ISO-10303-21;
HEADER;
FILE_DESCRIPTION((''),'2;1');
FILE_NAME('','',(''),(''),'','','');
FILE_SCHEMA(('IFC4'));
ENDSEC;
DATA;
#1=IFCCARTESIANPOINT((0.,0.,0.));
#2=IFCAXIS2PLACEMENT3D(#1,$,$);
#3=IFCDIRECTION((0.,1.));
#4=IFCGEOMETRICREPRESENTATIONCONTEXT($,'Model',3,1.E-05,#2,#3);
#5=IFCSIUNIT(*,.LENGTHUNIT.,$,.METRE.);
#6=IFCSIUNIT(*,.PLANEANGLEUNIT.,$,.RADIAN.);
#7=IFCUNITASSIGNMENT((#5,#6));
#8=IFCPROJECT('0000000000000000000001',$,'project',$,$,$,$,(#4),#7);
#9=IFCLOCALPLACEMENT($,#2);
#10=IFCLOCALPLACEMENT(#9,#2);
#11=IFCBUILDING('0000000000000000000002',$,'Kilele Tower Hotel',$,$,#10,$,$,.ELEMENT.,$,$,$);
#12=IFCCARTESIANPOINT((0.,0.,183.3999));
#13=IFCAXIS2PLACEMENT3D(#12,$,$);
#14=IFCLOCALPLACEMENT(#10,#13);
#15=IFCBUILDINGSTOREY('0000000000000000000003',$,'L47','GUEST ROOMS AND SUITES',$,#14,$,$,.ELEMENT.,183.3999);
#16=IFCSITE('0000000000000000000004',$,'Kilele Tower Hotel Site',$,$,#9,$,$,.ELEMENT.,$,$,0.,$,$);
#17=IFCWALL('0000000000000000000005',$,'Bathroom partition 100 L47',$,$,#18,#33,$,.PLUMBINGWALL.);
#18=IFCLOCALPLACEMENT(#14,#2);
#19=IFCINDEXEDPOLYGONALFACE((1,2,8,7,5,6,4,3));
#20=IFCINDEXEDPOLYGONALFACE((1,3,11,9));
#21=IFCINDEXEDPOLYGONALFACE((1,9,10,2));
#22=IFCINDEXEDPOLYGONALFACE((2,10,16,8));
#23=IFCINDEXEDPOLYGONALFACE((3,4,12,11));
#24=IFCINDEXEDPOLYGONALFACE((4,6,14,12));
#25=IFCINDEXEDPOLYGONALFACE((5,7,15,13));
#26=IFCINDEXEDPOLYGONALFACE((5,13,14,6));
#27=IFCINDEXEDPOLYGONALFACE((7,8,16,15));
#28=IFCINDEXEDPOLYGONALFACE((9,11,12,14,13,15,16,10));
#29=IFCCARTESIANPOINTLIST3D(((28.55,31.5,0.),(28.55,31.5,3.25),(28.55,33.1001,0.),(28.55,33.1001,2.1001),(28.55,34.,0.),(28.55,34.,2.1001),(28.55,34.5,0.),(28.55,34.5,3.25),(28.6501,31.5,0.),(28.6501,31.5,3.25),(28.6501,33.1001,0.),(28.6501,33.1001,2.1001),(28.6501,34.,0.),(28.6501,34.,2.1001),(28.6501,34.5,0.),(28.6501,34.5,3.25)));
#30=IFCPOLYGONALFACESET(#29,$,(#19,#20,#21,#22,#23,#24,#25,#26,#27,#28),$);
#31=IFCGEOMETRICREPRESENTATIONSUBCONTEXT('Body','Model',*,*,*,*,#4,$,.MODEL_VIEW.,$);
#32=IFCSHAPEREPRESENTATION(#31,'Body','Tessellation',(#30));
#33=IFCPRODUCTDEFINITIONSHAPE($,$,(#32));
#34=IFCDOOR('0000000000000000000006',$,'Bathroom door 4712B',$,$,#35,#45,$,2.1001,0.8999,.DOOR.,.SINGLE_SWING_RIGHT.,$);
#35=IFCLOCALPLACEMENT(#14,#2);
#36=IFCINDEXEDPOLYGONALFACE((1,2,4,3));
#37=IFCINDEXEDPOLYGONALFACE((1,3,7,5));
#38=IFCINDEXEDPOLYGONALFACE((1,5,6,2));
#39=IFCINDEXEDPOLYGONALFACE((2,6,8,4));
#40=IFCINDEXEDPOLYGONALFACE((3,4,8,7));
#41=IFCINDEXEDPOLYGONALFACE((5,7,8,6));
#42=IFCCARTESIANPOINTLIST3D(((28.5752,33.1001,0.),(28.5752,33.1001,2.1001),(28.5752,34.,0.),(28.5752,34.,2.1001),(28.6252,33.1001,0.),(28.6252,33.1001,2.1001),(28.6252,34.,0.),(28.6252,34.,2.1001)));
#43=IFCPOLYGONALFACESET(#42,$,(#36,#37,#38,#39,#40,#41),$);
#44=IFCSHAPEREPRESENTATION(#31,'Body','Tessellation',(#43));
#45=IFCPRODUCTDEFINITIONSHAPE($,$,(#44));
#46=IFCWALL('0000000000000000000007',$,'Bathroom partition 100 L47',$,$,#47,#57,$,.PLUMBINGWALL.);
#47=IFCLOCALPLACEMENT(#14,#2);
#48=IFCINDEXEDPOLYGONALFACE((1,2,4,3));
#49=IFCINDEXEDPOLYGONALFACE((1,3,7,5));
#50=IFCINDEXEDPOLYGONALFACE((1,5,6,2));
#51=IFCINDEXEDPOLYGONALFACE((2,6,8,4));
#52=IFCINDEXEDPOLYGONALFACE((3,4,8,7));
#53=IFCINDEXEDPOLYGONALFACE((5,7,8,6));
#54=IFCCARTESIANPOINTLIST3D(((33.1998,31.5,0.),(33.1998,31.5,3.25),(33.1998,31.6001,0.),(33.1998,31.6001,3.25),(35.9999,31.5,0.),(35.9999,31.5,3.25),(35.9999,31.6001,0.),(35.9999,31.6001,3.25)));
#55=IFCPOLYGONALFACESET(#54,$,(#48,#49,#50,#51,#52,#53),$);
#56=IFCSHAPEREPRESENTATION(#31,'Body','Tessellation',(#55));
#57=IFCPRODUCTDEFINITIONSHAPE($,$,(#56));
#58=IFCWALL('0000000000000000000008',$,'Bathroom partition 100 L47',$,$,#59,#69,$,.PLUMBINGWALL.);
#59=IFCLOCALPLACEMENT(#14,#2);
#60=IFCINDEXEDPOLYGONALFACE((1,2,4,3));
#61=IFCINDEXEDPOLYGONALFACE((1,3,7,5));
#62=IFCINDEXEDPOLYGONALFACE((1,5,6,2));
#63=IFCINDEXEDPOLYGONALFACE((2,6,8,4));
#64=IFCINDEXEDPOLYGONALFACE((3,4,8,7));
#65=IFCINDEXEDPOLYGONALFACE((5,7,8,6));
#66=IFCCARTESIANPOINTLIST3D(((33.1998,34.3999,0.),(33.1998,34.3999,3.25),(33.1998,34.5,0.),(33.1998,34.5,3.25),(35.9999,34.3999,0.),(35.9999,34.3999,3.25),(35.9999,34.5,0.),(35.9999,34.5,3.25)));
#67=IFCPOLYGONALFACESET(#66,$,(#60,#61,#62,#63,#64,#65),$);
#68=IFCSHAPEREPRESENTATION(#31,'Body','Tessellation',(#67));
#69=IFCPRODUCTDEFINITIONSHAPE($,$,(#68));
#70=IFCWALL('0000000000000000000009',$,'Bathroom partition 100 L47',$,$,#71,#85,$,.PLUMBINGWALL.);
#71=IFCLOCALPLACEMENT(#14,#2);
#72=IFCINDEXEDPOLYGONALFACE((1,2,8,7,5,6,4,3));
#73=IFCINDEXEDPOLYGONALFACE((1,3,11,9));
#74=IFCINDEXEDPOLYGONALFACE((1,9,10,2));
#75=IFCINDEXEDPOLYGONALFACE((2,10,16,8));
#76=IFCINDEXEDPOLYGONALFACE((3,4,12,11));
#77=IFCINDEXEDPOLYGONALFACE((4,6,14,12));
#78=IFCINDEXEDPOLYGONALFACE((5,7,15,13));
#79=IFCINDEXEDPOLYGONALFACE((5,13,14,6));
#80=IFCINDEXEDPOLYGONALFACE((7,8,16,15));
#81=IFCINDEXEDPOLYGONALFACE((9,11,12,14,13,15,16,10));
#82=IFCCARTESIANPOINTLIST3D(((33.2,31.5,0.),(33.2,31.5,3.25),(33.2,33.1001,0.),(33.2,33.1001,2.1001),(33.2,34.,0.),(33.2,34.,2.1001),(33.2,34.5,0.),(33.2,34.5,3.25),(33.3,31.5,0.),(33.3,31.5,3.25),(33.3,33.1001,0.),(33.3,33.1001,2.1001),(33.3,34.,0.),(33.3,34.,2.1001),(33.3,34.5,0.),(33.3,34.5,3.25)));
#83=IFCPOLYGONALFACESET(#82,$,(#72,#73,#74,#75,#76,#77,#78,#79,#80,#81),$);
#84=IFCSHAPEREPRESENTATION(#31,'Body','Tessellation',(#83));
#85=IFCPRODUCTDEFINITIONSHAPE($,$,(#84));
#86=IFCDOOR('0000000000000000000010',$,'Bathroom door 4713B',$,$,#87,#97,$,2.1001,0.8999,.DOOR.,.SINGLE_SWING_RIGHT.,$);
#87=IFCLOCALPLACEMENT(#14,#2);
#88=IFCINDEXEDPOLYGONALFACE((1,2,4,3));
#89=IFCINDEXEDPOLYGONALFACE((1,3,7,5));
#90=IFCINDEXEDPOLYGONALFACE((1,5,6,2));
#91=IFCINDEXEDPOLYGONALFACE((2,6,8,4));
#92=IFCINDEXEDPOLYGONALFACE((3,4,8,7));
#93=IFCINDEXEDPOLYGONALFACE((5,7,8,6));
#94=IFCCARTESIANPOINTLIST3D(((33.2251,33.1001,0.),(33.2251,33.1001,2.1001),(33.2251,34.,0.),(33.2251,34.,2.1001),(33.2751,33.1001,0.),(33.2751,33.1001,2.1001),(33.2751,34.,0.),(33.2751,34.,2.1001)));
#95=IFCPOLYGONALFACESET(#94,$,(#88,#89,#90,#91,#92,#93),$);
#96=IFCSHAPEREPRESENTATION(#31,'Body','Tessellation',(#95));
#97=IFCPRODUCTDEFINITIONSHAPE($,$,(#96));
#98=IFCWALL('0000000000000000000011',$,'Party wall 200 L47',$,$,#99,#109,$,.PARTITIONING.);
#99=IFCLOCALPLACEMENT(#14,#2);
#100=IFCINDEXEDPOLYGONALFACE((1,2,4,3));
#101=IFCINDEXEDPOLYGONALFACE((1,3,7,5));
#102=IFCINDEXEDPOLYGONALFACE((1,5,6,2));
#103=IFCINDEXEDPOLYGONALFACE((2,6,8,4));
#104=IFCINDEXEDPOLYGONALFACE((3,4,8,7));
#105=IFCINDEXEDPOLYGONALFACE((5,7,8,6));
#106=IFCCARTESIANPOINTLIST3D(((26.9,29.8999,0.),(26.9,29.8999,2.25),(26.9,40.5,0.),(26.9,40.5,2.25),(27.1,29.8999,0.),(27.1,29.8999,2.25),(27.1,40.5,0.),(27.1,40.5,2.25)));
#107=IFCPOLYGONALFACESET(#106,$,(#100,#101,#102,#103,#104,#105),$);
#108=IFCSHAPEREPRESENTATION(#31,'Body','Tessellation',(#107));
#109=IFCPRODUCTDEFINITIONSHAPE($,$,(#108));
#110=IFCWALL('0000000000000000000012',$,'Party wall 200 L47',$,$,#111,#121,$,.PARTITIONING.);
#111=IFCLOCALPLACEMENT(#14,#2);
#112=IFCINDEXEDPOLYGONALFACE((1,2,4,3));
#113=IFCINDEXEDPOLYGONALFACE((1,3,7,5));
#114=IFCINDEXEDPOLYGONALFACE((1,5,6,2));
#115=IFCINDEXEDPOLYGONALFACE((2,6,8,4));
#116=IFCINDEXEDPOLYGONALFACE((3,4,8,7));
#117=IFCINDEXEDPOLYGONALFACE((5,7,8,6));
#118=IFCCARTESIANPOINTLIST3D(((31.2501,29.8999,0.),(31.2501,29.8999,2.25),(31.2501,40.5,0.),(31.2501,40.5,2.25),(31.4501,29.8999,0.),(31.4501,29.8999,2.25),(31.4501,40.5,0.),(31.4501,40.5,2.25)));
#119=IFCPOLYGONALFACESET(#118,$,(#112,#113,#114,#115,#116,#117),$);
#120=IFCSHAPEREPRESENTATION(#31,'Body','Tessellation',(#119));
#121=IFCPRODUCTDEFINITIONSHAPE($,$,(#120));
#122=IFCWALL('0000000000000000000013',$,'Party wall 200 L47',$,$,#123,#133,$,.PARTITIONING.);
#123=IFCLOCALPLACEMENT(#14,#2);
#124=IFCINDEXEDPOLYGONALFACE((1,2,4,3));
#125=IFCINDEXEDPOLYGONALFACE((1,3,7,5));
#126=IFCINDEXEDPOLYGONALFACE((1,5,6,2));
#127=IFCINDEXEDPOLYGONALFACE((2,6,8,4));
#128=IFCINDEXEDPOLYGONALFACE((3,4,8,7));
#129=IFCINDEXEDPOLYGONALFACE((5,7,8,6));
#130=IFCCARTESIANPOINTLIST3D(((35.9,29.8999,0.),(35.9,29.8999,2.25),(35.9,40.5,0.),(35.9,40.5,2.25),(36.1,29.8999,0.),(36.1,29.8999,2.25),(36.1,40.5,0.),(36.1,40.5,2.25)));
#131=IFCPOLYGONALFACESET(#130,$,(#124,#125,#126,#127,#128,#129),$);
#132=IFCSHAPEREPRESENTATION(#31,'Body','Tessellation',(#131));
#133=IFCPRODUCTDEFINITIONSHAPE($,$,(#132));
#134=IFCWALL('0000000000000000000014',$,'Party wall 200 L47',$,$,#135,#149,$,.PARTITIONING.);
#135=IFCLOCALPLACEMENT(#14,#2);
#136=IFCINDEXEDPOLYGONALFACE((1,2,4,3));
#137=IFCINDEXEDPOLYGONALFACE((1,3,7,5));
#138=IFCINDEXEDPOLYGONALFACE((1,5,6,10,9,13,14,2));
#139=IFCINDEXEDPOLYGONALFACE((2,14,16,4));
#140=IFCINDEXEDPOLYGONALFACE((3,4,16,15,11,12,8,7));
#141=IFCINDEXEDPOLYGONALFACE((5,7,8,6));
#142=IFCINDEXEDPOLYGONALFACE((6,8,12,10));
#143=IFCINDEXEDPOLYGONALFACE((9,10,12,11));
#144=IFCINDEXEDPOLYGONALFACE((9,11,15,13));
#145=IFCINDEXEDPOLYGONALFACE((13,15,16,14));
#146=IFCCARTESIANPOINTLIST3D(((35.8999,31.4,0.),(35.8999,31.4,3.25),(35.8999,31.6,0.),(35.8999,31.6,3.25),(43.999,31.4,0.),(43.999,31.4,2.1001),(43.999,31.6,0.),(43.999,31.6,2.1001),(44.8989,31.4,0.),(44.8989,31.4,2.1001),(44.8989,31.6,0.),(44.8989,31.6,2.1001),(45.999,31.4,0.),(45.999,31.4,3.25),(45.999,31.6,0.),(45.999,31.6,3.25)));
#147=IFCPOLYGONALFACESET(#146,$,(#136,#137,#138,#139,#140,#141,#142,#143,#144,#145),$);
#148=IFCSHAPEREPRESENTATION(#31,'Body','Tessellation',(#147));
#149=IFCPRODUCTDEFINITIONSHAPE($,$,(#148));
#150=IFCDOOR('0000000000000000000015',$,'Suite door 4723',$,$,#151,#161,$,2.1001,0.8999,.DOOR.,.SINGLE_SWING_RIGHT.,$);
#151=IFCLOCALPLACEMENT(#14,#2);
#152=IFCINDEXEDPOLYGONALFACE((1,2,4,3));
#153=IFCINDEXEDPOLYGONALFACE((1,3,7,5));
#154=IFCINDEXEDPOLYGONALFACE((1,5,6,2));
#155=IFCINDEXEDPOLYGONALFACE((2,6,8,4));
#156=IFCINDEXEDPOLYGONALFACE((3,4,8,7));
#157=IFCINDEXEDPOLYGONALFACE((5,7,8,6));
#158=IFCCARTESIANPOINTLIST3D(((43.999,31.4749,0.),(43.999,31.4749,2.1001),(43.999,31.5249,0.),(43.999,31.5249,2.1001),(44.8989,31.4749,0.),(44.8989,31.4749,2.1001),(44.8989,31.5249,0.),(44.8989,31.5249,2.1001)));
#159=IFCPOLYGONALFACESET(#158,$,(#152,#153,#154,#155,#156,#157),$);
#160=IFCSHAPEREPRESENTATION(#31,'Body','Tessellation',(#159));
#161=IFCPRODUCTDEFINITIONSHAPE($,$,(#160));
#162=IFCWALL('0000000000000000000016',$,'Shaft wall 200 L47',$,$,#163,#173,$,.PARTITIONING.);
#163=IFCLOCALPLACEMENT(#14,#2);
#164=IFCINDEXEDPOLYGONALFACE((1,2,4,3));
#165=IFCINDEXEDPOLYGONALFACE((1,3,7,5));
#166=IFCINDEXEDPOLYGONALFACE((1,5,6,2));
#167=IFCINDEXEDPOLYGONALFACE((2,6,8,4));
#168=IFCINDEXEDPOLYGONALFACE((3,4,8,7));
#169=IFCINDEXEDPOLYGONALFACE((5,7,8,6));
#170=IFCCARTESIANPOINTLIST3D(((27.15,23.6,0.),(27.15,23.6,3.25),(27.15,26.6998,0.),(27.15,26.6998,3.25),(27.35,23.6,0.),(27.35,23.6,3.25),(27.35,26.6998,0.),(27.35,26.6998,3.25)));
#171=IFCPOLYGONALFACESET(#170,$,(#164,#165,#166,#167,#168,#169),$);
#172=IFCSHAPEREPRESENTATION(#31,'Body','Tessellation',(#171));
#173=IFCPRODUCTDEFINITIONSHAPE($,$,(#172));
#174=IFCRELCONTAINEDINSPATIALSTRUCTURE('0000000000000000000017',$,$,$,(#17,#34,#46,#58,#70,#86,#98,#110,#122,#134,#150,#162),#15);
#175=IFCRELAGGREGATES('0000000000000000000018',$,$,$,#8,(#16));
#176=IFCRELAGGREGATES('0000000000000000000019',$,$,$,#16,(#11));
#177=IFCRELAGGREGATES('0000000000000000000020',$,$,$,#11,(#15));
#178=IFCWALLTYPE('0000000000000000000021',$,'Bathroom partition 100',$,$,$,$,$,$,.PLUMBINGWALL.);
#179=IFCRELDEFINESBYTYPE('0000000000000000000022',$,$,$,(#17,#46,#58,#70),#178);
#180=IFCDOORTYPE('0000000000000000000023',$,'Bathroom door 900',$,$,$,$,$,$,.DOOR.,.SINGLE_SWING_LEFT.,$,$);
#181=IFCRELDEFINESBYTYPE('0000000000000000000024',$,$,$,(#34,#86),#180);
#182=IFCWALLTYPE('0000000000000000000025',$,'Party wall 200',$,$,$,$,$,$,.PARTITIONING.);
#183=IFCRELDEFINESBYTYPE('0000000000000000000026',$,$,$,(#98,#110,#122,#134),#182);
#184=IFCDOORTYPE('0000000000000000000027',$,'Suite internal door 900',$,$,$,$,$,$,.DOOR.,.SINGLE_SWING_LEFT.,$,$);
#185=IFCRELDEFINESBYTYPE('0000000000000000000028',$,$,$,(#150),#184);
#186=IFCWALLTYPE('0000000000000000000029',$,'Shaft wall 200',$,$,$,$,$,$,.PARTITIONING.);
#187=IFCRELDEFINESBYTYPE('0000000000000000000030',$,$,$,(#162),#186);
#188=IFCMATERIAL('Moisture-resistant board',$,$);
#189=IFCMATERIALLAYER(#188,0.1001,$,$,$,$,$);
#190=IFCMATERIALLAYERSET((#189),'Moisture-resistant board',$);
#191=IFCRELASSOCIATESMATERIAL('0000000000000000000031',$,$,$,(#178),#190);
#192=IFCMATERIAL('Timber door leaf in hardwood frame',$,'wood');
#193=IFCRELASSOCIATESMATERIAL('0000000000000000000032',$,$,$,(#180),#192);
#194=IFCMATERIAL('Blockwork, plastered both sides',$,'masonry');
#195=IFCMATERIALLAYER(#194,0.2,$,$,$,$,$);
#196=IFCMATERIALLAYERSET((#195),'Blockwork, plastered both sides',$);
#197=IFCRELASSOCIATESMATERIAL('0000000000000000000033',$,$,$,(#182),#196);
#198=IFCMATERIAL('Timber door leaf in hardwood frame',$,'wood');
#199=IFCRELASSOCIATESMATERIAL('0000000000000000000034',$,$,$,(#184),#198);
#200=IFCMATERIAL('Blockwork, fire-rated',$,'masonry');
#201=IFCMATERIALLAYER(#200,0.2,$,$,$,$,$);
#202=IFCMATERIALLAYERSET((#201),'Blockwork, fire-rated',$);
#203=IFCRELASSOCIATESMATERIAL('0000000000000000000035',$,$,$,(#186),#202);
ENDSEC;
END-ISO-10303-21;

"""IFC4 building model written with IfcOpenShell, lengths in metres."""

from ifc_helpers import new_model, si_unit, direction, frame, frame_2d, origin, place, context, subcontext, project, spatial, rectangle, extrude, material, layer, layer_set, type_object, element, fill, save


model = new_model("IFC4")

# Units and contexts
model_context = context("Model", 3, precision=1e-05, world=origin(), true_north=direction((0.0, 1.0)))
body_context = subcontext(model_context, "Body", "Model", "MODEL_VIEW")
ifc_project = project(units=[si_unit("LENGTHUNIT", "METRE"), si_unit("PLANEANGLEUNIT", "RADIAN")], contexts=[model_context])

# Site, building, storey
site_placement = place(None, origin())
site = spatial("IfcSite", under=ifc_project, at=site_placement, Name="Kilele Tower Hotel Site", CompositionType="ELEMENT", RefElevation=0.0)
building_placement = place(site_placement, origin())
building = spatial("IfcBuilding", under=site, at=building_placement, Name="Kilele Tower Hotel", CompositionType="ELEMENT")
storey_placement = place(building_placement, frame((0.0, 0.0, 183.3999)))
storey = spatial("IfcBuildingStorey", under=building, at=storey_placement, Name="L47", Description="GUEST ROOMS AND SUITES", CompositionType="ELEMENT", Elevation=183.3999)

# Shared definitions
ifc_material_1 = material(Name="Moisture-resistant board")
ifc_layer_1 = layer(ifc_material_1, 0.1001)
ifc_layer_set_1 = layer_set([ifc_layer_1], Name="Moisture-resistant board")
wall_type_1 = type_object("IfcWallType", Name="Bathroom partition 100", PredefinedType="PLUMBINGWALL", material=ifc_layer_set_1)

# Shared definitions
ifc_material_2 = material(Name="Timber door leaf in hardwood frame", Category="wood")
door_type_1 = type_object("IfcDoorType", Name="Bathroom door 900", OperationType="SINGLE_SWING_LEFT", PredefinedType="DOOR", material=ifc_material_2)

# Wall, opening, door
wall_1_placement = place(storey_placement, frame((28.6001, 31.5, 0.0), z_axis=(0.0, 0.0, 1.0), x_axis=(0.0, 1.0, 0.0)))
wall_1 = element("IfcWall", 1, at=wall_1_placement, inside=storey, type_object=wall_type_1, Name="Bathroom partition 100 L47", PredefinedType="PLUMBINGWALL", context=body_context, shape_type="SweptSolid", body=[
    extrude(rectangle(XDim=3.0, YDim=0.1001, at=frame_2d((1.5, 0.0))), origin(), (0.0, 0.0, 1.0), 3.25),
])
opening_1_placement = place(wall_1_placement, frame((1.6001, 0.0, 0.0)))
opening_1 = element("IfcOpeningElement", 2, at=opening_1_placement, cuts=wall_1, PredefinedType="OPENING", context=body_context, shape_type="SweptSolid", body=[
    extrude(rectangle(XDim=0.8999, YDim=2.1001, at=frame_2d((0.45, 1.05))), frame((0.0, 0.0601, 0.0), z_axis=(0.0, -1.0, 0.0), x_axis=(1.0, 0.0, 0.0)), (0.0, 0.0, 1.0), 0.1201),
])
door_1_placement = place(opening_1_placement, origin())
door_1 = element("IfcDoor", 3, at=door_1_placement, inside=storey, type_object=door_type_1, Name="Bathroom door 4712B", OperationType="SINGLE_SWING_RIGHT", OverallHeight=2.1001, OverallWidth=0.8999, PredefinedType="DOOR", context=body_context, shape_type="SweptSolid", body=[
    extrude(rectangle(XDim=0.8999, YDim=2.1001, at=frame_2d((0.45, 1.05))), frame((0.0, 0.0249, 0.0), z_axis=(0.0, -1.0, 0.0), x_axis=(1.0, 0.0, 0.0)), (0.0, 0.0, 1.0), 0.05),
])
fill(opening_1, door_1)

# Walls
for number, where, z_axis, x_axis, name in (
    (4, (33.2, 31.55, 0.0), (0.0, 0.0, 1.0), (1.0, 0.0, 0.0), "Bathroom partition 100 L47"),
    (5, (33.2, 34.45, 0.0), (0.0, 0.0, 1.0), (1.0, 0.0, 0.0), "Bathroom partition 100 L47"),
):
    element("IfcWall", number, at=place(storey_placement, frame(where, z_axis=z_axis, x_axis=x_axis)), inside=storey, type_object=wall_type_1, Name=name, PredefinedType="PLUMBINGWALL", context=body_context, shape_type="SweptSolid", body=[
        extrude(rectangle(XDim=2.8, YDim=0.1001, at=frame_2d((1.3999, 0.0))), origin(), (0.0, 0.0, 1.0), 3.25),
    ])

# Wall, opening, door
wall_2_placement = place(storey_placement, frame((33.25, 31.5, 0.0), z_axis=(0.0, 0.0, 1.0), x_axis=(0.0, 1.0, 0.0)))
wall_2 = element("IfcWall", 6, at=wall_2_placement, inside=storey, type_object=wall_type_1, Name="Bathroom partition 100 L47", PredefinedType="PLUMBINGWALL", context=body_context, shape_type="SweptSolid", body=[
    extrude(rectangle(XDim=3.0, YDim=0.1001, at=frame_2d((1.5, 0.0))), origin(), (0.0, 0.0, 1.0), 3.25),
])
opening_2_placement = place(wall_2_placement, frame((1.6001, 0.0, 0.0)))
opening_2 = element("IfcOpeningElement", 7, at=opening_2_placement, cuts=wall_2, PredefinedType="OPENING", context=body_context, shape_type="SweptSolid", body=[
    extrude(rectangle(XDim=0.8999, YDim=2.1001, at=frame_2d((0.45, 1.05))), frame((0.0, 0.0601, 0.0), z_axis=(0.0, -1.0, 0.0), x_axis=(1.0, 0.0, 0.0)), (0.0, 0.0, 1.0), 0.1201),
])
door_2_placement = place(opening_2_placement, origin())
door_2 = element("IfcDoor", 8, at=door_2_placement, inside=storey, type_object=door_type_1, Name="Bathroom door 4713B", OperationType="SINGLE_SWING_RIGHT", OverallHeight=2.1001, OverallWidth=0.8999, PredefinedType="DOOR", context=body_context, shape_type="SweptSolid", body=[
    extrude(rectangle(XDim=0.8999, YDim=2.1001, at=frame_2d((0.45, 1.05))), frame((0.0, 0.0249, 0.0), z_axis=(0.0, -1.0, 0.0), x_axis=(1.0, 0.0, 0.0)), (0.0, 0.0, 1.0), 0.05),
])
fill(opening_2, door_2)

# Walls
ifc_material_3 = material(Name="Blockwork, plastered both sides", Category="masonry")
ifc_layer_2 = layer(ifc_material_3, 0.2)
ifc_layer_set_2 = layer_set([ifc_layer_2], Name="Blockwork, plastered both sides")
wall_type_2 = type_object("IfcWallType", Name="Party wall 200", PredefinedType="PARTITIONING", material=ifc_layer_set_2)
for number, where, z_axis, x_axis, name in (
    (9, (27.0, 29.8999, 0.0), (0.0, 0.0, 1.0), (0.0, 1.0, 0.0), "Party wall 200 L47"),
    (10, (31.3501, 29.8999, 0.0), (0.0, 0.0, 1.0), (0.0, 1.0, 0.0), "Party wall 200 L47"),
    (11, (36.0, 29.8999, 0.0), (0.0, 0.0, 1.0), (0.0, 1.0, 0.0), "Party wall 200 L47"),
):
    element("IfcWall", number, at=place(storey_placement, frame(where, z_axis=z_axis, x_axis=x_axis)), inside=storey, type_object=wall_type_2, Name=name, PredefinedType="PARTITIONING", context=body_context, shape_type="SweptSolid", body=[
        extrude(rectangle(XDim=10.6001, YDim=0.2, at=frame_2d((5.3, 0.0))), origin(), (0.0, 0.0, 1.0), 2.25),
    ])

# Wall, opening, door
wall_3_placement = place(storey_placement, frame((35.8999, 31.5, 0.0), z_axis=(0.0, 0.0, 1.0), x_axis=(1.0, 0.0, 0.0)))
wall_3 = element("IfcWall", 12, at=wall_3_placement, inside=storey, type_object=wall_type_2, Name="Party wall 200 L47", PredefinedType="PARTITIONING", context=body_context, shape_type="SweptSolid", body=[
    extrude(rectangle(XDim=10.0991, YDim=0.2, at=frame_2d((5.0496, 0.0))), origin(), (0.0, 0.0, 1.0), 3.25),
])
opening_3_placement = place(wall_3_placement, frame((8.0991, 0.0, 0.0)))
opening_3 = element("IfcOpeningElement", 13, at=opening_3_placement, cuts=wall_3, PredefinedType="OPENING", context=body_context, shape_type="SweptSolid", body=[
    extrude(rectangle(XDim=0.8999, YDim=2.1001, at=frame_2d((0.45, 1.05))), frame((0.0, 0.1099, 0.0), z_axis=(0.0, -1.0, 0.0), x_axis=(1.0, 0.0, 0.0)), (0.0, 0.0, 1.0), 0.22),
])
ifc_material_4 = material(Name="Timber door leaf in hardwood frame", Category="wood")
door_type_2 = type_object("IfcDoorType", Name="Suite internal door 900", OperationType="SINGLE_SWING_LEFT", PredefinedType="DOOR", material=ifc_material_4)
door_3_placement = place(opening_3_placement, origin())
door_3 = element("IfcDoor", 14, at=door_3_placement, inside=storey, type_object=door_type_2, Name="Suite door 4723", OperationType="SINGLE_SWING_RIGHT", OverallHeight=2.1001, OverallWidth=0.8999, PredefinedType="DOOR", context=body_context, shape_type="SweptSolid", body=[
    extrude(rectangle(XDim=0.8999, YDim=2.1001, at=frame_2d((0.45, 1.05))), frame((0.0, 0.0249, 0.0), z_axis=(0.0, -1.0, 0.0), x_axis=(1.0, 0.0, 0.0)), (0.0, 0.0, 1.0), 0.05),
])
fill(opening_3, door_3)

# Wall
ifc_material_5 = material(Name="Blockwork, fire-rated", Category="masonry")
ifc_layer_3 = layer(ifc_material_5, 0.2)
ifc_layer_set_3 = layer_set([ifc_layer_3], Name="Blockwork, fire-rated")
wall_type_3 = type_object("IfcWallType", Name="Shaft wall 200", PredefinedType="PARTITIONING", material=ifc_layer_set_3)
wall_4_placement = place(storey_placement, frame((27.25, 23.6001, 0.0), z_axis=(0.0, 0.0, 1.0), x_axis=(0.0, 1.0, 0.0)))
element("IfcWall", 15, at=wall_4_placement, inside=storey, type_object=wall_type_3, Name="Shaft wall 200 L47", PredefinedType="PARTITIONING", context=body_context, shape_type="SweptSolid", body=[
    extrude(rectangle(XDim=3.0999, YDim=0.2, at=frame_2d((1.5498, 0.0))), origin(), (0.0, 0.0, 1.0), 3.25),
])

save(model, "model.ifc")
